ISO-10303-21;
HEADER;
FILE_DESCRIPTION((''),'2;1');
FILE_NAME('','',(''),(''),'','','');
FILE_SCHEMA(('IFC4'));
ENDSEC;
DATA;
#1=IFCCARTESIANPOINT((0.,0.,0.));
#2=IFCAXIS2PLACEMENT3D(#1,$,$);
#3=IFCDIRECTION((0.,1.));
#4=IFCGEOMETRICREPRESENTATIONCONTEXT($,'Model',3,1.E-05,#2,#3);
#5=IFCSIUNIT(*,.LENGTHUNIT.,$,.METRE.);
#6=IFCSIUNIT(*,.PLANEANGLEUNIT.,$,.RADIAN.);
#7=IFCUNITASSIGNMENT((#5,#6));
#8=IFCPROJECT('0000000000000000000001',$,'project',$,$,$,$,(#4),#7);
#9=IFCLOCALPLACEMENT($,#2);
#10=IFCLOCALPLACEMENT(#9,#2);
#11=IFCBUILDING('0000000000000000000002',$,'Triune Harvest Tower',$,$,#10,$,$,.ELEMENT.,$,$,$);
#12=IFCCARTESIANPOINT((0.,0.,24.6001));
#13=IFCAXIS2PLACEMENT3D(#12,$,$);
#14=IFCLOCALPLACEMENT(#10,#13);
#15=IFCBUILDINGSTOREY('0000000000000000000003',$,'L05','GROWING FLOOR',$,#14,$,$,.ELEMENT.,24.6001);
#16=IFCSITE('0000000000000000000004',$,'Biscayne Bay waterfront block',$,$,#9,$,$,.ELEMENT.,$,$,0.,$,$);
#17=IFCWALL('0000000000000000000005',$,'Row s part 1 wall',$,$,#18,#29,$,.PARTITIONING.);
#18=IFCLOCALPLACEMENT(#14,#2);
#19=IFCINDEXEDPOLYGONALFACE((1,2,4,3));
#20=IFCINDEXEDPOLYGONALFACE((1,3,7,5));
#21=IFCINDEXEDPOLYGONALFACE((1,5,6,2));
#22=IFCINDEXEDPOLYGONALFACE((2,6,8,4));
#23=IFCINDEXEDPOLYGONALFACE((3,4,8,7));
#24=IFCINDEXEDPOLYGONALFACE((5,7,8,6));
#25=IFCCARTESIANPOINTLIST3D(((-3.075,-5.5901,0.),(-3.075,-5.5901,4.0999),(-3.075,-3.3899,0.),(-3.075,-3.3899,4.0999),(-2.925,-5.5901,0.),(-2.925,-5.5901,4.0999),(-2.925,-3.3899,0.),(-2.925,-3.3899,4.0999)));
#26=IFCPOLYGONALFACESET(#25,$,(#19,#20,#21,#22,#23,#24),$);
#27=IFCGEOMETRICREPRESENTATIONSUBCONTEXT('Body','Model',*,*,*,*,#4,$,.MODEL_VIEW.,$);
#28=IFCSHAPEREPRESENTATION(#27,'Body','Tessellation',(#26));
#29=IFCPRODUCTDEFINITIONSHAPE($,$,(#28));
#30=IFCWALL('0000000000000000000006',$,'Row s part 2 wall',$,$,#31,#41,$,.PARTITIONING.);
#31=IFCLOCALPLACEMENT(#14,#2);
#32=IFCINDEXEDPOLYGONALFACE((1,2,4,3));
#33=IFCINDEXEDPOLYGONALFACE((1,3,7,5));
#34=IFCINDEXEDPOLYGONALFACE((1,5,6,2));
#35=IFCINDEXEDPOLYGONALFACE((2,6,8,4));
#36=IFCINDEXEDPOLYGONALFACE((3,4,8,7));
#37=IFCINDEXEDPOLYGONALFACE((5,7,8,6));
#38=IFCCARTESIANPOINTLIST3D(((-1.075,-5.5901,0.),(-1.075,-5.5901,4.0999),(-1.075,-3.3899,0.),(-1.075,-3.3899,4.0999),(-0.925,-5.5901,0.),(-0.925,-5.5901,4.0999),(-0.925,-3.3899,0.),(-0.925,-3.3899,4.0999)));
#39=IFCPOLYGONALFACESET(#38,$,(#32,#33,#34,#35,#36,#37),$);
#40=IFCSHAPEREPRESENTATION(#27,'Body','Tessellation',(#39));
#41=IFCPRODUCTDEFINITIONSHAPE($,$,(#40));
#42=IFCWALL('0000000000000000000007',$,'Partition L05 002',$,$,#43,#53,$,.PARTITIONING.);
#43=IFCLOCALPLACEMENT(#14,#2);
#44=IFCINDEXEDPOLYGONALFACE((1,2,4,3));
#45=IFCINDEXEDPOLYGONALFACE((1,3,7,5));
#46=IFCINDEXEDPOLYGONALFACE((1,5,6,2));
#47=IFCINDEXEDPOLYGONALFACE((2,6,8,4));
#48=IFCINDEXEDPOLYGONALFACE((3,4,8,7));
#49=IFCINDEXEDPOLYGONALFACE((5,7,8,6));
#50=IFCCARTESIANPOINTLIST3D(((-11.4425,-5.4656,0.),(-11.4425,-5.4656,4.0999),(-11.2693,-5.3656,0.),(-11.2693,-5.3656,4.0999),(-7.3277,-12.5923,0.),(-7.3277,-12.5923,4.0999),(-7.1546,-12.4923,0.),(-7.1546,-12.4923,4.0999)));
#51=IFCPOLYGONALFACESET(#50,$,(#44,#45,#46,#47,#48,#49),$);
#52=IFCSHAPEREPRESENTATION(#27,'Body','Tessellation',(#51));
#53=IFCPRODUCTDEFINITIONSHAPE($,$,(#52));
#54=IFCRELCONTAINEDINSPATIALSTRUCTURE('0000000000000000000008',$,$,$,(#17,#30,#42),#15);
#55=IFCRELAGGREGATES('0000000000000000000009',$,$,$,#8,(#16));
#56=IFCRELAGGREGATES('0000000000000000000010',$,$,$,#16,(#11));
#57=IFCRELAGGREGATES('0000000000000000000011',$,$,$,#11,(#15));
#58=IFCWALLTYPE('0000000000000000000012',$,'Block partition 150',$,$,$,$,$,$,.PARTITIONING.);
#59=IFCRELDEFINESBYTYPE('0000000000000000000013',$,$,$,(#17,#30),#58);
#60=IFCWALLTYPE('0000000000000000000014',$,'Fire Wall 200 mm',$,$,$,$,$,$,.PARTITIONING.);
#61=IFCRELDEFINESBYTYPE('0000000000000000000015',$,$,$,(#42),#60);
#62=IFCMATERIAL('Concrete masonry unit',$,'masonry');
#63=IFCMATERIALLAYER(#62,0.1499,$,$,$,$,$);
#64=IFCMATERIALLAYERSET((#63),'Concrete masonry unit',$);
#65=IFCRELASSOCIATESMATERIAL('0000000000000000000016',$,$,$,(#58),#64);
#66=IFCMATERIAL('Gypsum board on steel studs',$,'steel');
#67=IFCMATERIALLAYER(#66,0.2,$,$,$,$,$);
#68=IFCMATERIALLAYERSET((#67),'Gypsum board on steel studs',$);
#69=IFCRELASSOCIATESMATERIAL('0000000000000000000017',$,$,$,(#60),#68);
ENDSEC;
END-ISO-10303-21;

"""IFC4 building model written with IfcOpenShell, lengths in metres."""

from ifc_helpers import new_model, si_unit, direction, frame, frame_2d, origin, place, context, subcontext, project, spatial, rectangle, extrude, source, transform, mapped, material, layer, layer_set, type_object, element, save


model = new_model("IFC4")

# Units and contexts
model_context = context("Model", 3, precision=1e-05, world=origin(), true_north=direction((0.0, 1.0)))
body_context = subcontext(model_context, "Body", "Model", "MODEL_VIEW")
ifc_project = project(units=[si_unit("LENGTHUNIT", "METRE"), si_unit("PLANEANGLEUNIT", "RADIAN")], contexts=[model_context])

# Site, building, storey
site_placement = place(None, origin())
site = spatial("IfcSite", under=ifc_project, at=site_placement, Name="Biscayne Bay waterfront block", CompositionType="ELEMENT", RefElevation=0.0)
building_placement = place(site_placement, origin())
building = spatial("IfcBuilding", under=site, at=building_placement, Name="Triune Harvest Tower", CompositionType="ELEMENT")
storey_placement = place(building_placement, frame((0.0, 0.0, 24.6001)))
storey = spatial("IfcBuildingStorey", under=building, at=storey_placement, Name="L05", Description="GROWING FLOOR", CompositionType="ELEMENT", Elevation=24.6001)

# Walls
ifc_material_1 = material(Name="Concrete masonry unit", Category="masonry")
ifc_layer_1 = layer(ifc_material_1, 0.1499)
ifc_layer_set_1 = layer_set([ifc_layer_1], Name="Concrete masonry unit")
wall_type_1 = type_object("IfcWallType", Name="Block partition 150", PredefinedType="PARTITIONING", material=ifc_layer_set_1)
shared_shape_1 = source(origin(), body_context, "Body", "SweptSolid", [
    extrude(rectangle(XDim=2.2002, YDim=0.1499, at=frame_2d((1.1001, 0.0))), origin(), (0.0, 0.0, 1.0), 4.0999),
])
for number, where, z_axis, x_axis, name in (
    (1, (-3.0, -5.5901, 0.0), (0.0, 0.0, 1.0), (0.0, 1.0, 0.0), "Row s part 1 wall"),
    (2, (-1.0, -5.5901, 0.0), (0.0, 0.0, 1.0), (0.0, 1.0, 0.0), "Row s part 2 wall"),
):
    element("IfcWall", number, at=place(storey_placement, frame(where, z_axis=z_axis, x_axis=x_axis)), inside=storey, type_object=wall_type_1, Name=name, PredefinedType="PARTITIONING", context=body_context, shape_type="MappedRepresentation", body=[
        mapped(shared_shape_1, transform((0.0, 0.0, 0.0), scale=1.0)),
    ])
ifc_material_2 = material(Name="Gypsum board on steel studs", Category="steel")
ifc_layer_2 = layer(ifc_material_2, 0.2)
ifc_layer_set_2 = layer_set([ifc_layer_2], Name="Gypsum board on steel studs")
wall_type_2 = type_object("IfcWallType", Name="Fire Wall 200 mm", PredefinedType="PARTITIONING", material=ifc_layer_set_2)
shared_shape_2 = source(origin(), body_context, "Body", "SweptSolid", [
    extrude(rectangle(XDim=8.2292, YDim=0.2, at=frame_2d((4.1147, 0.0))), origin(), (0.0, 0.0, 1.0), 4.0999),
])
wall_1_placement = place(storey_placement, frame((-11.356, -5.4155, 0.0), z_axis=(0.0, 0.0, 1.0), x_axis=(0.500013, -0.866018, 0.0)))
element("IfcWall", 3, at=wall_1_placement, inside=storey, type_object=wall_type_2, Name="Partition L05 002", PredefinedType="PARTITIONING", context=body_context, shape_type="MappedRepresentation", body=[
    mapped(shared_shape_2, transform((0.0, 0.0, 0.0), scale=1.0)),
])

save(model, "model.ifc")
